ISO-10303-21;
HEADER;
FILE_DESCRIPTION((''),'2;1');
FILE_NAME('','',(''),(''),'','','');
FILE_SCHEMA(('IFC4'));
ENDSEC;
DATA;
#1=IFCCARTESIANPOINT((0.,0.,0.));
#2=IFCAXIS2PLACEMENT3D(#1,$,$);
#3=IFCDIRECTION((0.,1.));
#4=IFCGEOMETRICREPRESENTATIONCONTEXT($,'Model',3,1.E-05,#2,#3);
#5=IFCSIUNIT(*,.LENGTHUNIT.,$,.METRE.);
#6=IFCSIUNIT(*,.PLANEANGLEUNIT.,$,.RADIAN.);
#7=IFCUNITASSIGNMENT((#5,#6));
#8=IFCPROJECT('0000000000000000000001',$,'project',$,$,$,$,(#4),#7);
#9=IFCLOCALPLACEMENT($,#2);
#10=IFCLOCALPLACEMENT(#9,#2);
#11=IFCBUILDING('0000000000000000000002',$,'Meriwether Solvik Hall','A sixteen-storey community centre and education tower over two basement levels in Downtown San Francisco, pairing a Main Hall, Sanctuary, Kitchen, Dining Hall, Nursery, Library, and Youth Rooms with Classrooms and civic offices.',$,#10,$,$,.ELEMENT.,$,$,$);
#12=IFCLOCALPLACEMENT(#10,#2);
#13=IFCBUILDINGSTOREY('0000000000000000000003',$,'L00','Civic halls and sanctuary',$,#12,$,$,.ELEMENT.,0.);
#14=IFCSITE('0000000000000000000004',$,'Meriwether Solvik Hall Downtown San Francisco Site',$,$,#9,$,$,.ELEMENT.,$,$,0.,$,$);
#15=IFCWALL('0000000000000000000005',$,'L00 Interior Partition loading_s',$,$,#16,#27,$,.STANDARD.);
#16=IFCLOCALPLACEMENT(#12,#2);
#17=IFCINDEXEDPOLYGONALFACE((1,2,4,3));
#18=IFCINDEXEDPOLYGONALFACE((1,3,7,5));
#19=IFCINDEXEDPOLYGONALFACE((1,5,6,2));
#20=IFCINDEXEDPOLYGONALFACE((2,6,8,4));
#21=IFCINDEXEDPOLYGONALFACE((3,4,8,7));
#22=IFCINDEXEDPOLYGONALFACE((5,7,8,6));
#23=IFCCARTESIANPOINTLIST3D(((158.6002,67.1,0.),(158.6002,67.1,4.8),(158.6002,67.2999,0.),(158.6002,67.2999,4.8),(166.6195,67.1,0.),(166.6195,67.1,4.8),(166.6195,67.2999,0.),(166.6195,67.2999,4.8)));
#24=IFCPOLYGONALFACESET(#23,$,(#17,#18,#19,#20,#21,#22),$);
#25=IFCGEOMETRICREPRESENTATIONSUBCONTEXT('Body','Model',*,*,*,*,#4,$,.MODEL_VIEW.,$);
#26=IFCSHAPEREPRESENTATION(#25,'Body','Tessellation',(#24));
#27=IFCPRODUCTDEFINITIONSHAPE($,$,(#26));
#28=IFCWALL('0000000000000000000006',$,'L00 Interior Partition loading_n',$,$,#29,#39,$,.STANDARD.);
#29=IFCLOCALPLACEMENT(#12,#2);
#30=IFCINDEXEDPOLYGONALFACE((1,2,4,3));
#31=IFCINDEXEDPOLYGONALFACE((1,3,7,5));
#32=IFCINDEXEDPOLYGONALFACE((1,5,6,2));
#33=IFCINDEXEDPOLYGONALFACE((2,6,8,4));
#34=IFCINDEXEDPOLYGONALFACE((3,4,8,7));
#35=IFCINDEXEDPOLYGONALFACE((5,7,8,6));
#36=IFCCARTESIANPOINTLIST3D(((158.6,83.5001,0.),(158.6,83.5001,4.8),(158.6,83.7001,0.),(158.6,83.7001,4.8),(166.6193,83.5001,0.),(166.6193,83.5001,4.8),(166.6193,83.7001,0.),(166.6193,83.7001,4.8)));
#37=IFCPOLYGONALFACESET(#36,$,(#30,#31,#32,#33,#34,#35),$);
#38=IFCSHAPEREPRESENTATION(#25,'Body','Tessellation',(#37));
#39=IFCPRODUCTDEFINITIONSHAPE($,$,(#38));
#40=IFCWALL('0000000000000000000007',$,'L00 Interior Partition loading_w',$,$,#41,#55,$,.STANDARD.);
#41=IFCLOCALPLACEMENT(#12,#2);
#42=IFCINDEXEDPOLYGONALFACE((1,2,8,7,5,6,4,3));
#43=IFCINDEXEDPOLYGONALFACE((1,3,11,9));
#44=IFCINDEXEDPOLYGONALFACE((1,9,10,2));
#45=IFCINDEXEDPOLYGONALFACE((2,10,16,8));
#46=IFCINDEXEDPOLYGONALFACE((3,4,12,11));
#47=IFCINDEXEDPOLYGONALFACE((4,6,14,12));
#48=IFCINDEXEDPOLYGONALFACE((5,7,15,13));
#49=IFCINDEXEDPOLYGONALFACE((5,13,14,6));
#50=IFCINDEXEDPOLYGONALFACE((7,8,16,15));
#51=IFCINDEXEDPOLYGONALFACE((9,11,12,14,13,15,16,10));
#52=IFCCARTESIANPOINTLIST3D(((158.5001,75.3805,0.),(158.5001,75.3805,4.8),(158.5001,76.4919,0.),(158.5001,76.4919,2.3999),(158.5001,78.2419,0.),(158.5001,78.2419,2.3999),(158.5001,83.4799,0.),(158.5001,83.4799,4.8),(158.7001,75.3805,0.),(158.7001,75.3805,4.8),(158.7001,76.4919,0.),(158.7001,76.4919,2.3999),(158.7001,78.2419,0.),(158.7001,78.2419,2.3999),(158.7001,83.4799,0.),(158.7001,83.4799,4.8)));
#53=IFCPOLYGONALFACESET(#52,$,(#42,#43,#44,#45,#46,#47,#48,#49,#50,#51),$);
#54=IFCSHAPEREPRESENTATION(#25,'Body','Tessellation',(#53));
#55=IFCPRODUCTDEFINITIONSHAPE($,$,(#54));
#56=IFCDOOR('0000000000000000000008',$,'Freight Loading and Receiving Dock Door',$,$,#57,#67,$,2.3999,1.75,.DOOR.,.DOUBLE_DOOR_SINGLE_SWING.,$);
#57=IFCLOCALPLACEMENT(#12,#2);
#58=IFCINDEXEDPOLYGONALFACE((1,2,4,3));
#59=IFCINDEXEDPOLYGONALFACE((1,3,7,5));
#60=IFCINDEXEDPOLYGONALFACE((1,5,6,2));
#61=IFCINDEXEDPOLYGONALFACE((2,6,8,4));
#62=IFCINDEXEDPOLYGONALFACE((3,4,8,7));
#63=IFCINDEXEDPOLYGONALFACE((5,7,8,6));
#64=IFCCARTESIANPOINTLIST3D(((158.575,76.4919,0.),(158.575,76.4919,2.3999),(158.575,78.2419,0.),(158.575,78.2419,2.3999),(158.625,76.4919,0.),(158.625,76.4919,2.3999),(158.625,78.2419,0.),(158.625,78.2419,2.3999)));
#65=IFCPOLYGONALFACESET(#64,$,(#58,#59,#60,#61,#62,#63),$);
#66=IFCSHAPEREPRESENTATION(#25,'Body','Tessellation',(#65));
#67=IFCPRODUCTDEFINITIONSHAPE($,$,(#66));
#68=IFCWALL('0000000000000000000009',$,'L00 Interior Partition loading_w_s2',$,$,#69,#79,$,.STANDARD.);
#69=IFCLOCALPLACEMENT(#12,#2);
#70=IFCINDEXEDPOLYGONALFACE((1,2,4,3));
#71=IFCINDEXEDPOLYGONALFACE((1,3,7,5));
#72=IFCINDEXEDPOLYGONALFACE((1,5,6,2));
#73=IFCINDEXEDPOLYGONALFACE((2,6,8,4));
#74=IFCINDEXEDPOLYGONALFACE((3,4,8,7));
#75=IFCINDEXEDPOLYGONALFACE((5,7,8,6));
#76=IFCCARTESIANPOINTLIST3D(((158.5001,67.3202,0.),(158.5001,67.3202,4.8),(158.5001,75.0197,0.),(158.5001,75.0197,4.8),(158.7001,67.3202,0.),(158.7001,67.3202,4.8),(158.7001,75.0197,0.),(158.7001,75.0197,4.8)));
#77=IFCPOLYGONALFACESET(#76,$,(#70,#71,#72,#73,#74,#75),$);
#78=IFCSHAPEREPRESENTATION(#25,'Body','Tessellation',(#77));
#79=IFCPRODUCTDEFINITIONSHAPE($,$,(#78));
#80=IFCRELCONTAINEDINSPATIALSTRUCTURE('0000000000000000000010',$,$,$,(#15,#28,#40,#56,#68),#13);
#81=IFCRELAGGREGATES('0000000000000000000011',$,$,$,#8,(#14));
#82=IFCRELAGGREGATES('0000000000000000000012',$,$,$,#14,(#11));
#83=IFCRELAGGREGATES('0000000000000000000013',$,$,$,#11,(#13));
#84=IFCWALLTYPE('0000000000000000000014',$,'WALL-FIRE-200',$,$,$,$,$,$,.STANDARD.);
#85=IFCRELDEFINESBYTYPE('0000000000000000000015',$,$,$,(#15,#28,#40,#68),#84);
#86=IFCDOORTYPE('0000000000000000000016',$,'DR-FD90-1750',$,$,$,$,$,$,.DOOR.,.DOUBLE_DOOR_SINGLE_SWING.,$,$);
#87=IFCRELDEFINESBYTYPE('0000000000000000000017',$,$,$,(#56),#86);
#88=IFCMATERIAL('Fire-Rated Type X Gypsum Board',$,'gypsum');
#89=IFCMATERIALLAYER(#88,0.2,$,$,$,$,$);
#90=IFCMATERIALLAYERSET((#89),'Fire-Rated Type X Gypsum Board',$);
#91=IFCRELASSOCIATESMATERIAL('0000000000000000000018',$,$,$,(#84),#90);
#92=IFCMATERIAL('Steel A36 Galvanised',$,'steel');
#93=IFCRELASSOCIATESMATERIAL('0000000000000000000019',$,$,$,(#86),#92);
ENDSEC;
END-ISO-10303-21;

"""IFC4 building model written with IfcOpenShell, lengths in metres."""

from ifc_helpers import new_model, si_unit, direction, frame, frame_2d, origin, place, context, subcontext, project, spatial, rectangle, extrude, material, layer, layer_set, type_object, element, fill, save


model = new_model("IFC4")

# Units and contexts
model_context = context("Model", 3, precision=1e-05, world=origin(), true_north=direction((0.0, 1.0)))
body_context = subcontext(model_context, "Body", "Model", "MODEL_VIEW")
ifc_project = project(units=[si_unit("LENGTHUNIT", "METRE"), si_unit("PLANEANGLEUNIT", "RADIAN")], contexts=[model_context])

# Site, building, storey
site_placement = place(None, origin())
site = spatial("IfcSite", under=ifc_project, at=site_placement, Name="Meriwether Solvik Hall Downtown San Francisco Site", CompositionType="ELEMENT", RefElevation=0.0)
building_placement = place(site_placement, origin())
building = spatial("IfcBuilding", under=site, at=building_placement, Name="Meriwether Solvik Hall", Description="A sixteen-storey community centre and education tower over two basement levels in Downtown San Francisco, pairing a Main Hall, Sanctuary, Kitchen, Dining Hall, Nursery, Library, and Youth Rooms with Classrooms and civic offices.", CompositionType="ELEMENT")
storey_placement = place(building_placement, origin())
storey = spatial("IfcBuildingStorey", under=building, at=storey_placement, Name="L00", Description="Civic halls and sanctuary", CompositionType="ELEMENT", Elevation=0.0)

# Walls
ifc_material_1 = material(Name="Fire-Rated Type X Gypsum Board", Category="gypsum")
ifc_layer_1 = layer(ifc_material_1, 0.2)
ifc_layer_set_1 = layer_set([ifc_layer_1], Name="Fire-Rated Type X Gypsum Board")
wall_type_1 = type_object("IfcWallType", Name="WALL-FIRE-200", PredefinedType="STANDARD", material=ifc_layer_set_1)
for number, where, z_axis, x_axis, name in (
    (1, (158.6001, 67.2, 0.0), (0.0, 0.0, 1.0), (1.0, 0.0, 0.0), "L00 Interior Partition loading_s"),
    (2, (166.6194, 83.6001, 0.0), (0.0, 0.0, 1.0), (-1.0, 0.0, 0.0), "L00 Interior Partition loading_n"),
):
    element("IfcWall", number, at=place(storey_placement, frame(where, z_axis=z_axis, x_axis=x_axis)), inside=storey, type_object=wall_type_1, Name=name, PredefinedType="STANDARD", context=body_context, shape_type="SweptSolid", body=[
        extrude(rectangle(XDim=8.0193, YDim=0.2, at=frame_2d((4.0098, 0.0))), origin(), (0.0, 0.0, 1.0), 4.8),
    ])

# Wall, opening, door
wall_1_placement = place(storey_placement, frame((158.6001, 83.48, 0.0), z_axis=(0.0, 0.0, 1.0), x_axis=(0.0, -1.0, 0.0)))
wall_1 = element("IfcWall", 3, at=wall_1_placement, inside=storey, type_object=wall_type_1, Name="L00 Interior Partition loading_w", PredefinedType="STANDARD", context=body_context, shape_type="SweptSolid", body=[
    extrude(rectangle(XDim=8.0994, YDim=0.2, at=frame_2d((4.0498, 0.0))), origin(), (0.0, 0.0, 1.0), 4.8),
])
opening_1_placement = place(wall_1_placement, frame((5.238, 0.0, 0.0)))
opening_1 = element("IfcOpeningElement", 4, at=opening_1_placement, cuts=wall_1, PredefinedType="OPENING", context=body_context, shape_type="SweptSolid", body=[
    extrude(rectangle(XDim=1.75, YDim=2.3999, at=frame_2d((0.875, 1.2))), frame((0.0, 0.1118, 0.0), z_axis=(0.0, -1.0, 0.0), x_axis=(1.0, 0.0, 0.0)), (0.0, 0.0, 1.0), 0.2239),
])
ifc_material_2 = material(Name="Steel A36 Galvanised", Category="steel")
door_type_1 = type_object("IfcDoorType", Name="DR-FD90-1750", OperationType="DOUBLE_DOOR_SINGLE_SWING", PredefinedType="DOOR", material=ifc_material_2)
door_1_placement = place(opening_1_placement, origin())
door_1 = element("IfcDoor", 5, at=door_1_placement, inside=storey, type_object=door_type_1, Name="Freight Loading and Receiving Dock Door", OperationType="DOUBLE_DOOR_SINGLE_SWING", OverallHeight=2.3999, OverallWidth=1.75, PredefinedType="DOOR", context=body_context, shape_type="SweptSolid", body=[
    extrude(rectangle(XDim=1.75, YDim=2.3999, at=frame_2d((0.875, 1.2))), frame((0.0, 0.0249, 0.0), z_axis=(0.0, -1.0, 0.0), x_axis=(1.0, 0.0, 0.0)), (0.0, 0.0, 1.0), 0.05),
])
fill(opening_1, door_1)

# Wall
wall_2_placement = place(storey_placement, frame((158.6001, 75.0195, 0.0), z_axis=(0.0, 0.0, 1.0), x_axis=(0.0, -1.0, 0.0)))
element("IfcWall", 6, at=wall_2_placement, inside=storey, type_object=wall_type_1, Name="L00 Interior Partition loading_w_s2", PredefinedType="STANDARD", context=body_context, shape_type="SweptSolid", body=[
    extrude(rectangle(XDim=7.6995, YDim=0.2, at=frame_2d((3.8496, 0.0))), origin(), (0.0, 0.0, 1.0), 4.8),
])

save(model, "model.ifc")
